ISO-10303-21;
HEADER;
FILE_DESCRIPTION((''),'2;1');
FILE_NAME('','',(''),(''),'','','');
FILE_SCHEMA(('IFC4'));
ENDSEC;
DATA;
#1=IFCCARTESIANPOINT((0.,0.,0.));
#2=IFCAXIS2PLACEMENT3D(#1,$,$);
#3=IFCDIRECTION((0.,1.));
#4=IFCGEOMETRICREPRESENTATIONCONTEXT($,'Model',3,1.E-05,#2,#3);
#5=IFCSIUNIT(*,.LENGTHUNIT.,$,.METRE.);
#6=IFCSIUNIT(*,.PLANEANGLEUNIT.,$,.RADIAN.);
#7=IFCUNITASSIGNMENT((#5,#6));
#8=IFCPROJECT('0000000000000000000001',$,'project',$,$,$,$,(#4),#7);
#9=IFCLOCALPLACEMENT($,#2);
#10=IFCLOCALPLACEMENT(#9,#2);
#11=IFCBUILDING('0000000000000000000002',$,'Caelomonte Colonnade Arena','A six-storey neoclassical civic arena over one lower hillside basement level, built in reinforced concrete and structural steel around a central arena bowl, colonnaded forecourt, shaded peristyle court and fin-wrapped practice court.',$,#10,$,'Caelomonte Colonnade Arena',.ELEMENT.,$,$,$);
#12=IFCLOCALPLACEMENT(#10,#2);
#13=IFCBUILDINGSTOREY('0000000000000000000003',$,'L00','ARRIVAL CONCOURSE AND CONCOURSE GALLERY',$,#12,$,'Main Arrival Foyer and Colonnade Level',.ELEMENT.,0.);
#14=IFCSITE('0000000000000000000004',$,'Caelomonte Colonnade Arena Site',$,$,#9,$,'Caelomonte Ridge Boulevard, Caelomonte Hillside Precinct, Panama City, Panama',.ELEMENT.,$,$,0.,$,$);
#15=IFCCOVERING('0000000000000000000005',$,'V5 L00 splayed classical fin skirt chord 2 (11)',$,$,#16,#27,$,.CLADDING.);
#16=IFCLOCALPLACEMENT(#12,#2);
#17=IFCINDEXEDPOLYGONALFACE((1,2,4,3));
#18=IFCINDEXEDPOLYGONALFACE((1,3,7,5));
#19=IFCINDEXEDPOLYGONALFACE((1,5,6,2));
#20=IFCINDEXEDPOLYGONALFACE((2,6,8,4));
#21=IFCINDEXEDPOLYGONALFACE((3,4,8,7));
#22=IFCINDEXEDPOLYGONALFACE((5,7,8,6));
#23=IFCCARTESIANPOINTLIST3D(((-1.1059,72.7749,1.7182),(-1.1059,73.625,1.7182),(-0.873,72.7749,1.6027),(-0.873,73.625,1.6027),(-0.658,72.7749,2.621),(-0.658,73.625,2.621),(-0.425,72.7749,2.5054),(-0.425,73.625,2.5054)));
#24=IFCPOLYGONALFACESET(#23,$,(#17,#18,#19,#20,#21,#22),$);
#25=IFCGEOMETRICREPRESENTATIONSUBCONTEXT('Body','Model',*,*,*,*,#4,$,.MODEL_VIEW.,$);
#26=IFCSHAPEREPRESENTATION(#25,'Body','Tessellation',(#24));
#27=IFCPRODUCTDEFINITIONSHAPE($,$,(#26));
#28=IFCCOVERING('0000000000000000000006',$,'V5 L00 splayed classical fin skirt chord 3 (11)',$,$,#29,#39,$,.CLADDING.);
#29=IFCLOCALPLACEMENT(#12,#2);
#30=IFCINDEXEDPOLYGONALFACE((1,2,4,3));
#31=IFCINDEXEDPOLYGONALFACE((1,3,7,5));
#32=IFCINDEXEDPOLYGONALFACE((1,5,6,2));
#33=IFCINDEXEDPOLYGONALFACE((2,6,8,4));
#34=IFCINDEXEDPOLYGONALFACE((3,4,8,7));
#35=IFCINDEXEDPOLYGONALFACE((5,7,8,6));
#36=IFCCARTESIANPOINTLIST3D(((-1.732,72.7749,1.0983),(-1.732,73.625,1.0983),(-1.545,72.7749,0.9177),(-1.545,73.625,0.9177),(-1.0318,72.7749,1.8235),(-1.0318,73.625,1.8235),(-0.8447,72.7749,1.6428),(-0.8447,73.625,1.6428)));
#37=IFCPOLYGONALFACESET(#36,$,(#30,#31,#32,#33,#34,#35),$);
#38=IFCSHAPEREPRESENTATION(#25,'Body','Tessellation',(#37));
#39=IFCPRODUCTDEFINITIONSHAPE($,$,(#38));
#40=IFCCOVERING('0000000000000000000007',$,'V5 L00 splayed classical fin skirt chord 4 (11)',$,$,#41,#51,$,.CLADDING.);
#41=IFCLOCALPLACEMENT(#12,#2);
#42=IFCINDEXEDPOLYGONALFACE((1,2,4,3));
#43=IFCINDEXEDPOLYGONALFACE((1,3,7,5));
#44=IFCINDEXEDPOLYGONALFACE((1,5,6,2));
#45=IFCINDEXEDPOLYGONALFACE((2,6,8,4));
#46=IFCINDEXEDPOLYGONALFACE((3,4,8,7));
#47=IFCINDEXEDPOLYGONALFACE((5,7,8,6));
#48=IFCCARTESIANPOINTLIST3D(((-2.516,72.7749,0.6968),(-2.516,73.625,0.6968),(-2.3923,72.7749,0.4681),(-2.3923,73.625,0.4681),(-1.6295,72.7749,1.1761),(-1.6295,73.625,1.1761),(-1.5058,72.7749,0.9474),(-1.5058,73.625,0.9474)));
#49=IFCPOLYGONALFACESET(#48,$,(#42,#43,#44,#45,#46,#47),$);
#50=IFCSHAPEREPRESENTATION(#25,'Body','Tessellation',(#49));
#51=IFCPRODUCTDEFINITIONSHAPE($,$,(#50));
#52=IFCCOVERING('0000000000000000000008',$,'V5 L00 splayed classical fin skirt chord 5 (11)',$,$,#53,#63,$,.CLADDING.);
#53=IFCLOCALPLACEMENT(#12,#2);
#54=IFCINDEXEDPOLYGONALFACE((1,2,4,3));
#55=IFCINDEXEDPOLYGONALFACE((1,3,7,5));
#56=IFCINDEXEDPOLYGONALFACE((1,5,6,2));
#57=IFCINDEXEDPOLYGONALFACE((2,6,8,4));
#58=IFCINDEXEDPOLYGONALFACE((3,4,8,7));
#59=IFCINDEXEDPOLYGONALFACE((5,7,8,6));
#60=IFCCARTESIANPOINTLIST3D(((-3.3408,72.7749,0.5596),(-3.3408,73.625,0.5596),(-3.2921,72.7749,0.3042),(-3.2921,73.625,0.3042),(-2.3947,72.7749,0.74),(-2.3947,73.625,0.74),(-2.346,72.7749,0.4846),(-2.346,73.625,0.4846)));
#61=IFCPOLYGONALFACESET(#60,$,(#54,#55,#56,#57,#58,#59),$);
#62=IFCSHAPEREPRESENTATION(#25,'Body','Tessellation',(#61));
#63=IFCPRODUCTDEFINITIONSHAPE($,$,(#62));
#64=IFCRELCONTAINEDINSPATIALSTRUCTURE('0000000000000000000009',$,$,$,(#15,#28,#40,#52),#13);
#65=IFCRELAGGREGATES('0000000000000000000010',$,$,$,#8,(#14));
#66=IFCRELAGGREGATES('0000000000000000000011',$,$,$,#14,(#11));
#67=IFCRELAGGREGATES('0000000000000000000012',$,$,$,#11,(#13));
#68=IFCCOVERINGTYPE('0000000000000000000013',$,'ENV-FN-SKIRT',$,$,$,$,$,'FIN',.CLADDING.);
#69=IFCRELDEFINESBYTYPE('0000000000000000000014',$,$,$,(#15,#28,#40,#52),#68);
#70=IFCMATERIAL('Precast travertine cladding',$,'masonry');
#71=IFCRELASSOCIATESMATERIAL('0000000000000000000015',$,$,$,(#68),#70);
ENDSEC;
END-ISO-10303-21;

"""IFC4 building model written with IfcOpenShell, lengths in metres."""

from ifc_helpers import new_model, si_unit, direction, frame, origin, origin_2d, place, context, subcontext, project, spatial, rectangle, extrude, material, material_profile, profile_set, type_object, element, save


model = new_model("IFC4")

# Units and contexts
model_context = context("Model", 3, precision=1e-05, world=origin(), true_north=direction((0.0, 1.0)))
body_context = subcontext(model_context, "Body", "Model", "MODEL_VIEW")
ifc_project = project(units=[si_unit("LENGTHUNIT", "METRE"), si_unit("PLANEANGLEUNIT", "RADIAN")], contexts=[model_context])

# Site, building, storey
site_placement = place(None, origin())
site = spatial("IfcSite", under=ifc_project, at=site_placement, Name="Caelomonte Colonnade Arena Site", LongName="Caelomonte Ridge Boulevard, Caelomonte Hillside Precinct, Panama City, Panama", CompositionType="ELEMENT", RefElevation=0.0)
building_placement = place(site_placement, origin())
building = spatial("IfcBuilding", under=site, at=building_placement, Name="Caelomonte Colonnade Arena", Description="A six-storey neoclassical civic arena over one lower hillside basement level, built in reinforced concrete and structural steel around a central arena bowl, colonnaded forecourt, shaded peristyle court and fin-wrapped practice court.", LongName="Caelomonte Colonnade Arena", CompositionType="ELEMENT")
storey_placement = place(building_placement, origin())
storey = spatial("IfcBuildingStorey", under=building, at=storey_placement, Name="L00", Description="ARRIVAL CONCOURSE AND CONCOURSE GALLERY", LongName="Main Arrival Foyer and Colonnade Level", CompositionType="ELEMENT", Elevation=0.0)

# Coverings
ifc_material_1 = material(Name="Precast travertine cladding", Category="masonry")
ifc_material_profile_1 = material_profile(ifc_material_1, rectangle(XDim=0.26, YDim=0.8501, at=origin_2d()), Name="FIN260X850")
ifc_profile_set_1 = profile_set([ifc_material_profile_1], Name="Precast travertine cladding")
covering_type = type_object("IfcCoveringType", Name="ENV-FN-SKIRT", ElementType="FIN", PredefinedType="CLADDING", material=ifc_profile_set_1)
covering_1_placement = place(storey_placement, frame((-0.5415, 73.2, 2.5632), z_axis=(-0.444499, 0.0, -0.89578), x_axis=(-0.89578, 0.0, 0.444499)))
element("IfcCovering", 1, at=covering_1_placement, inside=storey, type_object=covering_type, Name="V5 L00 splayed classical fin skirt chord 2 (11)", PredefinedType="CLADDING", context=body_context, shape_type="SweptSolid", body=[
    extrude(rectangle(XDim=0.26, YDim=0.8501, at=origin_2d()), origin(), (0.0, 0.0, 1.0), 1.0078),
])
covering_2_placement = place(storey_placement, frame((-0.9382, 73.2, 1.7332), z_axis=(-0.694646, 0.0, -0.719351), x_axis=(-0.719351, 0.0, 0.694646)))
element("IfcCovering", 2, at=covering_2_placement, inside=storey, type_object=covering_type, Name="V5 L00 splayed classical fin skirt chord 3 (11)", PredefinedType="CLADDING", context=body_context, shape_type="SweptSolid", body=[
    extrude(rectangle(XDim=0.26, YDim=0.8501, at=origin_2d()), origin(), (0.0, 0.0, 1.0), 1.0081),
])
covering_3_placement = place(storey_placement, frame((-1.5676, 73.2, 1.0618), z_axis=(-0.879676, 0.0, -0.475573), x_axis=(-0.475573, 0.0, 0.879676)))
element("IfcCovering", 3, at=covering_3_placement, inside=storey, type_object=covering_type, Name="V5 L00 splayed classical fin skirt chord 4 (11)", PredefinedType="CLADDING", context=body_context, shape_type="SweptSolid", body=[
    extrude(rectangle(XDim=0.26, YDim=0.8501, at=origin_2d()), origin(), (0.0, 0.0, 1.0), 1.0078),
])
covering_4_placement = place(storey_placement, frame((-2.3704, 73.2, 0.6123), z_axis=(-0.982296, 0.0, -0.187333), x_axis=(-0.187333, 0.0, 0.982296)))
element("IfcCovering", 4, at=covering_4_placement, inside=storey, type_object=covering_type, Name="V5 L00 splayed classical fin skirt chord 5 (11)", PredefinedType="CLADDING", context=body_context, shape_type="SweptSolid", body=[
    extrude(rectangle(XDim=0.26, YDim=0.8501, at=origin_2d()), origin(), (0.0, 0.0, 1.0), 0.9631),
])

save(model, "model.ifc")
